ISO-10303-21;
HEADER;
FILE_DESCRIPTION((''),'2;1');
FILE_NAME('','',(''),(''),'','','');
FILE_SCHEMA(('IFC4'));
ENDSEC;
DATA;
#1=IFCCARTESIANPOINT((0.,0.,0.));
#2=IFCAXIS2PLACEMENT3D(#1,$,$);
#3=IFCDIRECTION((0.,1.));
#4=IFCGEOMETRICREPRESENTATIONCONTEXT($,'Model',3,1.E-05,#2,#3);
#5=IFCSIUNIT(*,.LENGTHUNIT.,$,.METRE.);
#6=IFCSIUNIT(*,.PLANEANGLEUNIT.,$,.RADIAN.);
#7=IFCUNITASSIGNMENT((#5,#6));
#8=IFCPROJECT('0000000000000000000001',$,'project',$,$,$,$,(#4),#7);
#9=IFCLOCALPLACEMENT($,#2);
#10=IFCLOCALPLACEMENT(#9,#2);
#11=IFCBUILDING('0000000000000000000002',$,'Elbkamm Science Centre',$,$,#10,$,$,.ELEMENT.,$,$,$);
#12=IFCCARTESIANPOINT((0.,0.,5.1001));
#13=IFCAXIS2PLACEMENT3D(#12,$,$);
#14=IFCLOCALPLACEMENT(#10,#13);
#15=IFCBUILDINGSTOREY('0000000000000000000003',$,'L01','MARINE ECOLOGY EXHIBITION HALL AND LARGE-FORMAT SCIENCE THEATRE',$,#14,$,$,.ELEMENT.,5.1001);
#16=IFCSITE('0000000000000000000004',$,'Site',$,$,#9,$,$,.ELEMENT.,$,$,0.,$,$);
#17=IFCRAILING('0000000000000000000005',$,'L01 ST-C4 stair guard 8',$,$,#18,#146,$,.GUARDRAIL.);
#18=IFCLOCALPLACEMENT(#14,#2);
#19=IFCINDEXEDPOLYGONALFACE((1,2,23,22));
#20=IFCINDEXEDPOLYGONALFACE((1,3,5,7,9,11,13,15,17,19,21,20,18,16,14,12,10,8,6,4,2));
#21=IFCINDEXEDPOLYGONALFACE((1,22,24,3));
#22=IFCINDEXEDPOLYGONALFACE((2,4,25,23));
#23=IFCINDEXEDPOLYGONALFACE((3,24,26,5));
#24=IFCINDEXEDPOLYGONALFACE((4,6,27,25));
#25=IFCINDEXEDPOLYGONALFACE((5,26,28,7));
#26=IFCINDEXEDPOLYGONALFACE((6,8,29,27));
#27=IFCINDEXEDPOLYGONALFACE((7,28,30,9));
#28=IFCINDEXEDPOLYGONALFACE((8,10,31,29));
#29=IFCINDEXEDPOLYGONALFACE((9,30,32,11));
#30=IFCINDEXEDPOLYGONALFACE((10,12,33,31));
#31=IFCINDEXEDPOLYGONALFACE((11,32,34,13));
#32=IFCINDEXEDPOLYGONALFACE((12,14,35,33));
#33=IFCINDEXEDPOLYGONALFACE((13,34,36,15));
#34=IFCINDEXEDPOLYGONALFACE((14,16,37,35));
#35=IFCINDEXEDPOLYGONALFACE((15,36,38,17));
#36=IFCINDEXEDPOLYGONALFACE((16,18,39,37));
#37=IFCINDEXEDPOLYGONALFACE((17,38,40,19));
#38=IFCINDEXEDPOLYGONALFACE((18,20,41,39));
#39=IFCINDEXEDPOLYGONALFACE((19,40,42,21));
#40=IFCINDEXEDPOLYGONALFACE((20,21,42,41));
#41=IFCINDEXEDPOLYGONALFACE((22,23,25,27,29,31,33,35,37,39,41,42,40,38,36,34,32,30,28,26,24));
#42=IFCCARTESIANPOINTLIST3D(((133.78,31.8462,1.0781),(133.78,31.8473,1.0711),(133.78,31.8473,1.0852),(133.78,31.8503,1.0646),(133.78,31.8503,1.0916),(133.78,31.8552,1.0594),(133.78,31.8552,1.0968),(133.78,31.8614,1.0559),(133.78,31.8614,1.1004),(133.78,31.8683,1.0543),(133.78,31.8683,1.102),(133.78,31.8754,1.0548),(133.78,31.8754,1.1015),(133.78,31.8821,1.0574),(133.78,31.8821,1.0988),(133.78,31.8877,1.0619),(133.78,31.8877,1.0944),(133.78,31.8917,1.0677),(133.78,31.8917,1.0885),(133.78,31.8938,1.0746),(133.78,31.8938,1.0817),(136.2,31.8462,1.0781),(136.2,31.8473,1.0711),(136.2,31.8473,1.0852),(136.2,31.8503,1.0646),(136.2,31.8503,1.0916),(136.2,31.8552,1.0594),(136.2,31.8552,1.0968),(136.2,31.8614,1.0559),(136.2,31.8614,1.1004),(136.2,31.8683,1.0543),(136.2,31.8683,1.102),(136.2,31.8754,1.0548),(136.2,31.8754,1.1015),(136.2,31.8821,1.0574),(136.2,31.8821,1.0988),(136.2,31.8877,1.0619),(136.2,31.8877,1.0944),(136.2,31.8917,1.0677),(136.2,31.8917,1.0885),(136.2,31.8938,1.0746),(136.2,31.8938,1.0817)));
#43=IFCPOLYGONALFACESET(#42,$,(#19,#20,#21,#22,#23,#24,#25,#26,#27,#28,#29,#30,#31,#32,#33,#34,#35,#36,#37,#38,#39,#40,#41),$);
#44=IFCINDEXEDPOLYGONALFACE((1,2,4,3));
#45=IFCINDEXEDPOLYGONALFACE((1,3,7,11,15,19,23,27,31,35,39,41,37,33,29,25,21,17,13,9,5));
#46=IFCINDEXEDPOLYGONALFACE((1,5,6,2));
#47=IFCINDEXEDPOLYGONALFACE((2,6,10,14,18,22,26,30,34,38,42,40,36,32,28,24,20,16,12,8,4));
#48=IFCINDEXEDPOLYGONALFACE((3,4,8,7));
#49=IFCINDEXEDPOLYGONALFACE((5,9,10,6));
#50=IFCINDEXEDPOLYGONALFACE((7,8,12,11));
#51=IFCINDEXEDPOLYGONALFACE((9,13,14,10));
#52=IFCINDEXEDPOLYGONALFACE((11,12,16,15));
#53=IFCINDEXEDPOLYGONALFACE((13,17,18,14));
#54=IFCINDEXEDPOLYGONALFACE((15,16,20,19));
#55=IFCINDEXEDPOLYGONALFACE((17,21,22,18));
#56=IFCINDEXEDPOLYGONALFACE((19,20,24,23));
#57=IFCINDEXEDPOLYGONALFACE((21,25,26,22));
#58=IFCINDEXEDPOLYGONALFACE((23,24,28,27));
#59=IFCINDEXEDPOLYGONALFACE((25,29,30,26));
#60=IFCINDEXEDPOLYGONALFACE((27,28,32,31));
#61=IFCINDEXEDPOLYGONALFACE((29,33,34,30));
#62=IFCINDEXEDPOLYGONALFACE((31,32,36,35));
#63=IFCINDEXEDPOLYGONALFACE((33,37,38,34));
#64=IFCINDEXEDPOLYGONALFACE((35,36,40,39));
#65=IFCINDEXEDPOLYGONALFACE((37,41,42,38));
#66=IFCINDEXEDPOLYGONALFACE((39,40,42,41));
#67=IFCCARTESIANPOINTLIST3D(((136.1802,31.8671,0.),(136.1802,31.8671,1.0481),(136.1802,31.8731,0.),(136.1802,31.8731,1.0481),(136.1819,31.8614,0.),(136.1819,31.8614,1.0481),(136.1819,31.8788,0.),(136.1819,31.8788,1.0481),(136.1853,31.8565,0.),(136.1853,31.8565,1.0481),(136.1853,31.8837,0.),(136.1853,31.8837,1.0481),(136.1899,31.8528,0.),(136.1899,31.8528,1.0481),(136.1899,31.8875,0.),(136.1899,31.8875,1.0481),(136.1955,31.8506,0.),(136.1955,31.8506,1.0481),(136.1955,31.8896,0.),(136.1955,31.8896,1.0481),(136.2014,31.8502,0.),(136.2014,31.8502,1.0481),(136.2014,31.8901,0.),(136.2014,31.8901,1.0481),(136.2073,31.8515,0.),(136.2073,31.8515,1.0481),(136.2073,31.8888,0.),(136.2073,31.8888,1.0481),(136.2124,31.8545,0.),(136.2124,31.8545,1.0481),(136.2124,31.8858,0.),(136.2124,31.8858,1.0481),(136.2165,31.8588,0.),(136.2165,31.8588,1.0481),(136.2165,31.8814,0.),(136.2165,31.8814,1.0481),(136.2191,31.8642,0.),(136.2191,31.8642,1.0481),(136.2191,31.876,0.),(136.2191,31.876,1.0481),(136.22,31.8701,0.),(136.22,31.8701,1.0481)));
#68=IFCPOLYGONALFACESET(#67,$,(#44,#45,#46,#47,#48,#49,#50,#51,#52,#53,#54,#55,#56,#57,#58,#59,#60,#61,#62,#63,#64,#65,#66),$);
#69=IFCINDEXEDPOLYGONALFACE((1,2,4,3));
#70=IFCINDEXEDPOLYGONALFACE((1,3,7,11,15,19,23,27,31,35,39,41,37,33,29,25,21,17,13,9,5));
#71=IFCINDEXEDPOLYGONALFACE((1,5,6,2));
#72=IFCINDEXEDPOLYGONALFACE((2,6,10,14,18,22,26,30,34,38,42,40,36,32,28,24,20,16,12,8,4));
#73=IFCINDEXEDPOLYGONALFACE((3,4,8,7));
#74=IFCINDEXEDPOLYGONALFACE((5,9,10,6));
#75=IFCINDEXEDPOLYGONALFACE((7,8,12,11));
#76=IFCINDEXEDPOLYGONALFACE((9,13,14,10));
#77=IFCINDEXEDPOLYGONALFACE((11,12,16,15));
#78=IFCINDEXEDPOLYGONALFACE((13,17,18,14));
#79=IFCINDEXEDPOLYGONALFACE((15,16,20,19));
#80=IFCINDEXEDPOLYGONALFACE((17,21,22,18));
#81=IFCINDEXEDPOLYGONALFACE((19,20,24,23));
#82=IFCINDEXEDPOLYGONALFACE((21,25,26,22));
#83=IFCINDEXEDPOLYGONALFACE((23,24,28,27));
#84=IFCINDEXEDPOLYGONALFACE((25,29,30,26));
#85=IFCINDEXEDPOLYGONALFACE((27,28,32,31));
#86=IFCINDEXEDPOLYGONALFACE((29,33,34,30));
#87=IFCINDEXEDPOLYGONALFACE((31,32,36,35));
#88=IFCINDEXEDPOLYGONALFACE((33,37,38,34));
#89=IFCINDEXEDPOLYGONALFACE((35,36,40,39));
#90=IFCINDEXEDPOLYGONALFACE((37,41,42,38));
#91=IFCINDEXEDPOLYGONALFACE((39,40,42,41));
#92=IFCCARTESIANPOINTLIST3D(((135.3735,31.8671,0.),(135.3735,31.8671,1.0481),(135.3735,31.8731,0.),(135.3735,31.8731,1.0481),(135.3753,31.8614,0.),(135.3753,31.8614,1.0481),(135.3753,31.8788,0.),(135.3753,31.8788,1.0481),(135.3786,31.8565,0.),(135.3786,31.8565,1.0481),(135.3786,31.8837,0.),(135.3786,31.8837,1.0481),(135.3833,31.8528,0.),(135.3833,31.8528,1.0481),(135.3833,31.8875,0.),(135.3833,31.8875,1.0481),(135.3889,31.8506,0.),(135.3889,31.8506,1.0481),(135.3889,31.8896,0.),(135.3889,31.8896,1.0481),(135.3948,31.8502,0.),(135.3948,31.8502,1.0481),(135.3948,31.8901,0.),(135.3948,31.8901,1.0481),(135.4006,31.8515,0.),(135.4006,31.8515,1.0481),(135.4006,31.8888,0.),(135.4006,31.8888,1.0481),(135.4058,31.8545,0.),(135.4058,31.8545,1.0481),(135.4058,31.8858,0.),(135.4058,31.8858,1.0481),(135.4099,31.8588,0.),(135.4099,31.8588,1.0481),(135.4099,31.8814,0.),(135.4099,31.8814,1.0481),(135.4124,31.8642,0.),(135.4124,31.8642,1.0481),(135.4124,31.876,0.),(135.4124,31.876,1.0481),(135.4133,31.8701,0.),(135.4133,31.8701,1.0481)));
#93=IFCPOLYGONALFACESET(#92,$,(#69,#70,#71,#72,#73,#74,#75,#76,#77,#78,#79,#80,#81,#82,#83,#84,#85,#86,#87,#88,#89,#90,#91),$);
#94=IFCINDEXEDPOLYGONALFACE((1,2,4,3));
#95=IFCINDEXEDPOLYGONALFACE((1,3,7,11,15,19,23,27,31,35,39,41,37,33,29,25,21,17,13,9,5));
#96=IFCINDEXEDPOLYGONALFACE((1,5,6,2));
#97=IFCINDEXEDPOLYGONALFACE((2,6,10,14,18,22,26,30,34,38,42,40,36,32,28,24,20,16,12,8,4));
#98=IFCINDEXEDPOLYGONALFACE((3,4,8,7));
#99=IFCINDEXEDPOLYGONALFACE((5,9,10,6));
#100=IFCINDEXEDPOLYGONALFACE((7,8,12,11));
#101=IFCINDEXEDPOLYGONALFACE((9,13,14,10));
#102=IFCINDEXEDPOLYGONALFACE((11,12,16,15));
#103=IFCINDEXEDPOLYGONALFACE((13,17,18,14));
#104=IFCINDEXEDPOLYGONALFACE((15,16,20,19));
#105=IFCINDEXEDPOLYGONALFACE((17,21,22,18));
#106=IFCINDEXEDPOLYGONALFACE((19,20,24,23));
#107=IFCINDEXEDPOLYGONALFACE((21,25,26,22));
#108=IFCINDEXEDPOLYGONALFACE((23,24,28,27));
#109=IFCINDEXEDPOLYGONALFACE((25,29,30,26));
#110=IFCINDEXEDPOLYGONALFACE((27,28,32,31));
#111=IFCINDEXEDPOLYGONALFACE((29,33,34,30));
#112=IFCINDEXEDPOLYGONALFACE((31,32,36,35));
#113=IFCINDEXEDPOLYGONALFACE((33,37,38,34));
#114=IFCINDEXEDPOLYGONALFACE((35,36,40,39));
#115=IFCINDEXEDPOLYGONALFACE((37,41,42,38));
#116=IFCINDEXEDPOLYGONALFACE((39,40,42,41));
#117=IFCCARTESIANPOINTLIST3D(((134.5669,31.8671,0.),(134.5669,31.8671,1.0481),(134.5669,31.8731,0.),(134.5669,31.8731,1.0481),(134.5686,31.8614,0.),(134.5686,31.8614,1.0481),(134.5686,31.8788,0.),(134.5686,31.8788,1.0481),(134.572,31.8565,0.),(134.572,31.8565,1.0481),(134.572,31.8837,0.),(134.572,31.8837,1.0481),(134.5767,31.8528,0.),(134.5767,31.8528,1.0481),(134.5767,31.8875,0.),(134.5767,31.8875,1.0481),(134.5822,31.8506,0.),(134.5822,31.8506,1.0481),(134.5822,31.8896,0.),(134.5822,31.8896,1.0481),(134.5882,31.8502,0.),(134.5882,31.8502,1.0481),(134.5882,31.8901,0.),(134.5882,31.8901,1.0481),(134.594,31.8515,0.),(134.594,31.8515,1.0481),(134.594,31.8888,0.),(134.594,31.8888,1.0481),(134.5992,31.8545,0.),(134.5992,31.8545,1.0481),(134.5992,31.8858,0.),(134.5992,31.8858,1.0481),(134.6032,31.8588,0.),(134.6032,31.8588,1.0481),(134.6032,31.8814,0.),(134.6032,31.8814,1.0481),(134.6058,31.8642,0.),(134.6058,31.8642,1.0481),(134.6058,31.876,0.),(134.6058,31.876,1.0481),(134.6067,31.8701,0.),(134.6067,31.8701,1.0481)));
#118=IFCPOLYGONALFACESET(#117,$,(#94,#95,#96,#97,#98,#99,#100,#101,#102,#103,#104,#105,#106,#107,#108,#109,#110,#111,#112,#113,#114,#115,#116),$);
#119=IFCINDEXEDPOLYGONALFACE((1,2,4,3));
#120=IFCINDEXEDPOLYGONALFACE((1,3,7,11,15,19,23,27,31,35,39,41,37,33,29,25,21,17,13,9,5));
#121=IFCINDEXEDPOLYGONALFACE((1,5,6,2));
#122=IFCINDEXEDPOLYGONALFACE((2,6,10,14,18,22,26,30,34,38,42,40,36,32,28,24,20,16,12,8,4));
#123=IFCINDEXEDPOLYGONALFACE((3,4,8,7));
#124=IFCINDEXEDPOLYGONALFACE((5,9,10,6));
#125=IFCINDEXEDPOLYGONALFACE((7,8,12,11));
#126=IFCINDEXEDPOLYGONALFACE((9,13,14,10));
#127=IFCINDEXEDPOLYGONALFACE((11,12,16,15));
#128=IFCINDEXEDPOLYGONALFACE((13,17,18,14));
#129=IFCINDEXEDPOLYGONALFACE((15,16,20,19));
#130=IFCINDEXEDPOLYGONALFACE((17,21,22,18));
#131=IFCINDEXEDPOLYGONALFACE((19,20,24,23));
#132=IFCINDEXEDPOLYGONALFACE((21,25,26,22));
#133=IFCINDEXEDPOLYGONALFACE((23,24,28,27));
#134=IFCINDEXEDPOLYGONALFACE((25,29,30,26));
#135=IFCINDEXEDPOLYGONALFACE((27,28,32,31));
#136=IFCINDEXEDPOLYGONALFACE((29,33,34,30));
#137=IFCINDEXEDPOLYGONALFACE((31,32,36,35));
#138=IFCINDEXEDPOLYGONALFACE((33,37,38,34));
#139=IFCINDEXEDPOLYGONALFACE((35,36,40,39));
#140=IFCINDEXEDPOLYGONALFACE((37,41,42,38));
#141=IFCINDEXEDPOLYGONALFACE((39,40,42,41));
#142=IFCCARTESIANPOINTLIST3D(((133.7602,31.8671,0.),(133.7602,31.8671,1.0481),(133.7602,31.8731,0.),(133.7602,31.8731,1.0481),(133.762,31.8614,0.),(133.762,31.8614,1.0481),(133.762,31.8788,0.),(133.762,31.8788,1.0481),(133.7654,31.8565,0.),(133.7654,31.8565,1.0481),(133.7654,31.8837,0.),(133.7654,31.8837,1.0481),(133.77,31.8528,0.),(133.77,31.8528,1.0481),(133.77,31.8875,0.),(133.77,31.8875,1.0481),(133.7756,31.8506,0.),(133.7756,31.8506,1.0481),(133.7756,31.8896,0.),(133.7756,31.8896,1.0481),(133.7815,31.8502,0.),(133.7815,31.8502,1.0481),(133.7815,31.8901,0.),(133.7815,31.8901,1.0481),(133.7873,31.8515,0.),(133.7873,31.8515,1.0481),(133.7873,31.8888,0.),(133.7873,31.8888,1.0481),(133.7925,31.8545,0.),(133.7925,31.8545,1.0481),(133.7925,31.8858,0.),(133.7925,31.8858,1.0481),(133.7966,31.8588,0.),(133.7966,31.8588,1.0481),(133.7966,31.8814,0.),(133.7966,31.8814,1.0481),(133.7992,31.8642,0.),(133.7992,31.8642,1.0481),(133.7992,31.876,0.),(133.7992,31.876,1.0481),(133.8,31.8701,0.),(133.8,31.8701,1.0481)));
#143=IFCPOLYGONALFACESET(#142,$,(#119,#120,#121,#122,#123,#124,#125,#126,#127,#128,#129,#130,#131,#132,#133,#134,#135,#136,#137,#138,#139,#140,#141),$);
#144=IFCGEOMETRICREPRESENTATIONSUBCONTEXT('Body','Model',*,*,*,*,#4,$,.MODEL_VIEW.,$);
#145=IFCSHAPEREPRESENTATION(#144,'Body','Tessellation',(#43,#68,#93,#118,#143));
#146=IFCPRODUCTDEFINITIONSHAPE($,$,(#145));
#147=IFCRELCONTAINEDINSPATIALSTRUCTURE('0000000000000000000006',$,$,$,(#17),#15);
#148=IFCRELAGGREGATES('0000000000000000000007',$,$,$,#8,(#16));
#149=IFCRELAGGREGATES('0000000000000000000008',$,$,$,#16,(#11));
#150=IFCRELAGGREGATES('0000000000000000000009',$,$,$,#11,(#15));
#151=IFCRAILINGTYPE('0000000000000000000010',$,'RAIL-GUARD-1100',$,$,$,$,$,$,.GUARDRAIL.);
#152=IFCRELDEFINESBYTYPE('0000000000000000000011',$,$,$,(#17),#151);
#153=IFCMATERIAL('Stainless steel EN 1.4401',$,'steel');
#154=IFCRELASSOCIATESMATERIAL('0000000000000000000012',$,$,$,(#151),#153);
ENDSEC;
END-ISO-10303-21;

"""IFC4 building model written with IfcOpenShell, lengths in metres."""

from ifc_helpers import new_model, si_unit, direction, frame, origin, origin_2d, place, context, subcontext, project, spatial, circle, extrude, material, type_object, element, save


model = new_model("IFC4")

# Units and contexts
model_context = context("Model", 3, precision=1e-05, world=origin(), true_north=direction((0.0, 1.0)))
body_context = subcontext(model_context, "Body", "Model", "MODEL_VIEW")
ifc_project = project(units=[si_unit("LENGTHUNIT", "METRE"), si_unit("PLANEANGLEUNIT", "RADIAN")], contexts=[model_context])

# Site, building, storey
site_placement = place(None, origin())
site = spatial("IfcSite", under=ifc_project, at=site_placement, Name="Site", CompositionType="ELEMENT", RefElevation=0.0)
building_placement = place(site_placement, origin())
building = spatial("IfcBuilding", under=site, at=building_placement, Name="Elbkamm Science Centre", CompositionType="ELEMENT")
storey_placement = place(building_placement, frame((0.0, 0.0, 5.1001)))
storey = spatial("IfcBuildingStorey", under=building, at=storey_placement, Name="L01", Description="MARINE ECOLOGY EXHIBITION HALL AND LARGE-FORMAT SCIENCE THEATRE", CompositionType="ELEMENT", Elevation=5.1001)

# Railing
ifc_material_1 = material(Name="Stainless steel EN 1.4401", Category="steel")
railing_type_1 = type_object("IfcRailingType", Name="RAIL-GUARD-1100", PredefinedType="GUARDRAIL", material=ifc_material_1)
for number, where, name in (
    (1, (136.2, 31.8701, 0.0), "L01 ST-C4 stair guard 8"),
):
    element("IfcRailing", number, at=place(storey_placement, frame(where)), inside=storey, type_object=railing_type_1, Name=name, PredefinedType="GUARDRAIL", context=body_context, shape_type="SweptSolid", body=[
        extrude(circle(Radius=0.0239, at=origin_2d()), frame((0.0, 0.0, 1.0781), z_axis=(-1.0, 0.0, 0.0), x_axis=(0.0, -1.0, 0.0)), (0.0, 0.0, 1.0), 2.4199),
        extrude(circle(Radius=0.02, at=origin_2d()), origin(), (0.0, 0.0, 1.0), 1.0481),
        extrude(circle(Radius=0.02, at=origin_2d()), frame((-0.8066, 0.0, 0.0)), (0.0, 0.0, 1.0), 1.0481),
        extrude(circle(Radius=0.02, at=origin_2d()), frame((-1.6133, 0.0, 0.0)), (0.0, 0.0, 1.0), 1.0481),
        extrude(circle(Radius=0.02, at=origin_2d()), frame((-2.4199, 0.0, 0.0)), (0.0, 0.0, 1.0), 1.0481),
    ])

save(model, "model.ifc")
